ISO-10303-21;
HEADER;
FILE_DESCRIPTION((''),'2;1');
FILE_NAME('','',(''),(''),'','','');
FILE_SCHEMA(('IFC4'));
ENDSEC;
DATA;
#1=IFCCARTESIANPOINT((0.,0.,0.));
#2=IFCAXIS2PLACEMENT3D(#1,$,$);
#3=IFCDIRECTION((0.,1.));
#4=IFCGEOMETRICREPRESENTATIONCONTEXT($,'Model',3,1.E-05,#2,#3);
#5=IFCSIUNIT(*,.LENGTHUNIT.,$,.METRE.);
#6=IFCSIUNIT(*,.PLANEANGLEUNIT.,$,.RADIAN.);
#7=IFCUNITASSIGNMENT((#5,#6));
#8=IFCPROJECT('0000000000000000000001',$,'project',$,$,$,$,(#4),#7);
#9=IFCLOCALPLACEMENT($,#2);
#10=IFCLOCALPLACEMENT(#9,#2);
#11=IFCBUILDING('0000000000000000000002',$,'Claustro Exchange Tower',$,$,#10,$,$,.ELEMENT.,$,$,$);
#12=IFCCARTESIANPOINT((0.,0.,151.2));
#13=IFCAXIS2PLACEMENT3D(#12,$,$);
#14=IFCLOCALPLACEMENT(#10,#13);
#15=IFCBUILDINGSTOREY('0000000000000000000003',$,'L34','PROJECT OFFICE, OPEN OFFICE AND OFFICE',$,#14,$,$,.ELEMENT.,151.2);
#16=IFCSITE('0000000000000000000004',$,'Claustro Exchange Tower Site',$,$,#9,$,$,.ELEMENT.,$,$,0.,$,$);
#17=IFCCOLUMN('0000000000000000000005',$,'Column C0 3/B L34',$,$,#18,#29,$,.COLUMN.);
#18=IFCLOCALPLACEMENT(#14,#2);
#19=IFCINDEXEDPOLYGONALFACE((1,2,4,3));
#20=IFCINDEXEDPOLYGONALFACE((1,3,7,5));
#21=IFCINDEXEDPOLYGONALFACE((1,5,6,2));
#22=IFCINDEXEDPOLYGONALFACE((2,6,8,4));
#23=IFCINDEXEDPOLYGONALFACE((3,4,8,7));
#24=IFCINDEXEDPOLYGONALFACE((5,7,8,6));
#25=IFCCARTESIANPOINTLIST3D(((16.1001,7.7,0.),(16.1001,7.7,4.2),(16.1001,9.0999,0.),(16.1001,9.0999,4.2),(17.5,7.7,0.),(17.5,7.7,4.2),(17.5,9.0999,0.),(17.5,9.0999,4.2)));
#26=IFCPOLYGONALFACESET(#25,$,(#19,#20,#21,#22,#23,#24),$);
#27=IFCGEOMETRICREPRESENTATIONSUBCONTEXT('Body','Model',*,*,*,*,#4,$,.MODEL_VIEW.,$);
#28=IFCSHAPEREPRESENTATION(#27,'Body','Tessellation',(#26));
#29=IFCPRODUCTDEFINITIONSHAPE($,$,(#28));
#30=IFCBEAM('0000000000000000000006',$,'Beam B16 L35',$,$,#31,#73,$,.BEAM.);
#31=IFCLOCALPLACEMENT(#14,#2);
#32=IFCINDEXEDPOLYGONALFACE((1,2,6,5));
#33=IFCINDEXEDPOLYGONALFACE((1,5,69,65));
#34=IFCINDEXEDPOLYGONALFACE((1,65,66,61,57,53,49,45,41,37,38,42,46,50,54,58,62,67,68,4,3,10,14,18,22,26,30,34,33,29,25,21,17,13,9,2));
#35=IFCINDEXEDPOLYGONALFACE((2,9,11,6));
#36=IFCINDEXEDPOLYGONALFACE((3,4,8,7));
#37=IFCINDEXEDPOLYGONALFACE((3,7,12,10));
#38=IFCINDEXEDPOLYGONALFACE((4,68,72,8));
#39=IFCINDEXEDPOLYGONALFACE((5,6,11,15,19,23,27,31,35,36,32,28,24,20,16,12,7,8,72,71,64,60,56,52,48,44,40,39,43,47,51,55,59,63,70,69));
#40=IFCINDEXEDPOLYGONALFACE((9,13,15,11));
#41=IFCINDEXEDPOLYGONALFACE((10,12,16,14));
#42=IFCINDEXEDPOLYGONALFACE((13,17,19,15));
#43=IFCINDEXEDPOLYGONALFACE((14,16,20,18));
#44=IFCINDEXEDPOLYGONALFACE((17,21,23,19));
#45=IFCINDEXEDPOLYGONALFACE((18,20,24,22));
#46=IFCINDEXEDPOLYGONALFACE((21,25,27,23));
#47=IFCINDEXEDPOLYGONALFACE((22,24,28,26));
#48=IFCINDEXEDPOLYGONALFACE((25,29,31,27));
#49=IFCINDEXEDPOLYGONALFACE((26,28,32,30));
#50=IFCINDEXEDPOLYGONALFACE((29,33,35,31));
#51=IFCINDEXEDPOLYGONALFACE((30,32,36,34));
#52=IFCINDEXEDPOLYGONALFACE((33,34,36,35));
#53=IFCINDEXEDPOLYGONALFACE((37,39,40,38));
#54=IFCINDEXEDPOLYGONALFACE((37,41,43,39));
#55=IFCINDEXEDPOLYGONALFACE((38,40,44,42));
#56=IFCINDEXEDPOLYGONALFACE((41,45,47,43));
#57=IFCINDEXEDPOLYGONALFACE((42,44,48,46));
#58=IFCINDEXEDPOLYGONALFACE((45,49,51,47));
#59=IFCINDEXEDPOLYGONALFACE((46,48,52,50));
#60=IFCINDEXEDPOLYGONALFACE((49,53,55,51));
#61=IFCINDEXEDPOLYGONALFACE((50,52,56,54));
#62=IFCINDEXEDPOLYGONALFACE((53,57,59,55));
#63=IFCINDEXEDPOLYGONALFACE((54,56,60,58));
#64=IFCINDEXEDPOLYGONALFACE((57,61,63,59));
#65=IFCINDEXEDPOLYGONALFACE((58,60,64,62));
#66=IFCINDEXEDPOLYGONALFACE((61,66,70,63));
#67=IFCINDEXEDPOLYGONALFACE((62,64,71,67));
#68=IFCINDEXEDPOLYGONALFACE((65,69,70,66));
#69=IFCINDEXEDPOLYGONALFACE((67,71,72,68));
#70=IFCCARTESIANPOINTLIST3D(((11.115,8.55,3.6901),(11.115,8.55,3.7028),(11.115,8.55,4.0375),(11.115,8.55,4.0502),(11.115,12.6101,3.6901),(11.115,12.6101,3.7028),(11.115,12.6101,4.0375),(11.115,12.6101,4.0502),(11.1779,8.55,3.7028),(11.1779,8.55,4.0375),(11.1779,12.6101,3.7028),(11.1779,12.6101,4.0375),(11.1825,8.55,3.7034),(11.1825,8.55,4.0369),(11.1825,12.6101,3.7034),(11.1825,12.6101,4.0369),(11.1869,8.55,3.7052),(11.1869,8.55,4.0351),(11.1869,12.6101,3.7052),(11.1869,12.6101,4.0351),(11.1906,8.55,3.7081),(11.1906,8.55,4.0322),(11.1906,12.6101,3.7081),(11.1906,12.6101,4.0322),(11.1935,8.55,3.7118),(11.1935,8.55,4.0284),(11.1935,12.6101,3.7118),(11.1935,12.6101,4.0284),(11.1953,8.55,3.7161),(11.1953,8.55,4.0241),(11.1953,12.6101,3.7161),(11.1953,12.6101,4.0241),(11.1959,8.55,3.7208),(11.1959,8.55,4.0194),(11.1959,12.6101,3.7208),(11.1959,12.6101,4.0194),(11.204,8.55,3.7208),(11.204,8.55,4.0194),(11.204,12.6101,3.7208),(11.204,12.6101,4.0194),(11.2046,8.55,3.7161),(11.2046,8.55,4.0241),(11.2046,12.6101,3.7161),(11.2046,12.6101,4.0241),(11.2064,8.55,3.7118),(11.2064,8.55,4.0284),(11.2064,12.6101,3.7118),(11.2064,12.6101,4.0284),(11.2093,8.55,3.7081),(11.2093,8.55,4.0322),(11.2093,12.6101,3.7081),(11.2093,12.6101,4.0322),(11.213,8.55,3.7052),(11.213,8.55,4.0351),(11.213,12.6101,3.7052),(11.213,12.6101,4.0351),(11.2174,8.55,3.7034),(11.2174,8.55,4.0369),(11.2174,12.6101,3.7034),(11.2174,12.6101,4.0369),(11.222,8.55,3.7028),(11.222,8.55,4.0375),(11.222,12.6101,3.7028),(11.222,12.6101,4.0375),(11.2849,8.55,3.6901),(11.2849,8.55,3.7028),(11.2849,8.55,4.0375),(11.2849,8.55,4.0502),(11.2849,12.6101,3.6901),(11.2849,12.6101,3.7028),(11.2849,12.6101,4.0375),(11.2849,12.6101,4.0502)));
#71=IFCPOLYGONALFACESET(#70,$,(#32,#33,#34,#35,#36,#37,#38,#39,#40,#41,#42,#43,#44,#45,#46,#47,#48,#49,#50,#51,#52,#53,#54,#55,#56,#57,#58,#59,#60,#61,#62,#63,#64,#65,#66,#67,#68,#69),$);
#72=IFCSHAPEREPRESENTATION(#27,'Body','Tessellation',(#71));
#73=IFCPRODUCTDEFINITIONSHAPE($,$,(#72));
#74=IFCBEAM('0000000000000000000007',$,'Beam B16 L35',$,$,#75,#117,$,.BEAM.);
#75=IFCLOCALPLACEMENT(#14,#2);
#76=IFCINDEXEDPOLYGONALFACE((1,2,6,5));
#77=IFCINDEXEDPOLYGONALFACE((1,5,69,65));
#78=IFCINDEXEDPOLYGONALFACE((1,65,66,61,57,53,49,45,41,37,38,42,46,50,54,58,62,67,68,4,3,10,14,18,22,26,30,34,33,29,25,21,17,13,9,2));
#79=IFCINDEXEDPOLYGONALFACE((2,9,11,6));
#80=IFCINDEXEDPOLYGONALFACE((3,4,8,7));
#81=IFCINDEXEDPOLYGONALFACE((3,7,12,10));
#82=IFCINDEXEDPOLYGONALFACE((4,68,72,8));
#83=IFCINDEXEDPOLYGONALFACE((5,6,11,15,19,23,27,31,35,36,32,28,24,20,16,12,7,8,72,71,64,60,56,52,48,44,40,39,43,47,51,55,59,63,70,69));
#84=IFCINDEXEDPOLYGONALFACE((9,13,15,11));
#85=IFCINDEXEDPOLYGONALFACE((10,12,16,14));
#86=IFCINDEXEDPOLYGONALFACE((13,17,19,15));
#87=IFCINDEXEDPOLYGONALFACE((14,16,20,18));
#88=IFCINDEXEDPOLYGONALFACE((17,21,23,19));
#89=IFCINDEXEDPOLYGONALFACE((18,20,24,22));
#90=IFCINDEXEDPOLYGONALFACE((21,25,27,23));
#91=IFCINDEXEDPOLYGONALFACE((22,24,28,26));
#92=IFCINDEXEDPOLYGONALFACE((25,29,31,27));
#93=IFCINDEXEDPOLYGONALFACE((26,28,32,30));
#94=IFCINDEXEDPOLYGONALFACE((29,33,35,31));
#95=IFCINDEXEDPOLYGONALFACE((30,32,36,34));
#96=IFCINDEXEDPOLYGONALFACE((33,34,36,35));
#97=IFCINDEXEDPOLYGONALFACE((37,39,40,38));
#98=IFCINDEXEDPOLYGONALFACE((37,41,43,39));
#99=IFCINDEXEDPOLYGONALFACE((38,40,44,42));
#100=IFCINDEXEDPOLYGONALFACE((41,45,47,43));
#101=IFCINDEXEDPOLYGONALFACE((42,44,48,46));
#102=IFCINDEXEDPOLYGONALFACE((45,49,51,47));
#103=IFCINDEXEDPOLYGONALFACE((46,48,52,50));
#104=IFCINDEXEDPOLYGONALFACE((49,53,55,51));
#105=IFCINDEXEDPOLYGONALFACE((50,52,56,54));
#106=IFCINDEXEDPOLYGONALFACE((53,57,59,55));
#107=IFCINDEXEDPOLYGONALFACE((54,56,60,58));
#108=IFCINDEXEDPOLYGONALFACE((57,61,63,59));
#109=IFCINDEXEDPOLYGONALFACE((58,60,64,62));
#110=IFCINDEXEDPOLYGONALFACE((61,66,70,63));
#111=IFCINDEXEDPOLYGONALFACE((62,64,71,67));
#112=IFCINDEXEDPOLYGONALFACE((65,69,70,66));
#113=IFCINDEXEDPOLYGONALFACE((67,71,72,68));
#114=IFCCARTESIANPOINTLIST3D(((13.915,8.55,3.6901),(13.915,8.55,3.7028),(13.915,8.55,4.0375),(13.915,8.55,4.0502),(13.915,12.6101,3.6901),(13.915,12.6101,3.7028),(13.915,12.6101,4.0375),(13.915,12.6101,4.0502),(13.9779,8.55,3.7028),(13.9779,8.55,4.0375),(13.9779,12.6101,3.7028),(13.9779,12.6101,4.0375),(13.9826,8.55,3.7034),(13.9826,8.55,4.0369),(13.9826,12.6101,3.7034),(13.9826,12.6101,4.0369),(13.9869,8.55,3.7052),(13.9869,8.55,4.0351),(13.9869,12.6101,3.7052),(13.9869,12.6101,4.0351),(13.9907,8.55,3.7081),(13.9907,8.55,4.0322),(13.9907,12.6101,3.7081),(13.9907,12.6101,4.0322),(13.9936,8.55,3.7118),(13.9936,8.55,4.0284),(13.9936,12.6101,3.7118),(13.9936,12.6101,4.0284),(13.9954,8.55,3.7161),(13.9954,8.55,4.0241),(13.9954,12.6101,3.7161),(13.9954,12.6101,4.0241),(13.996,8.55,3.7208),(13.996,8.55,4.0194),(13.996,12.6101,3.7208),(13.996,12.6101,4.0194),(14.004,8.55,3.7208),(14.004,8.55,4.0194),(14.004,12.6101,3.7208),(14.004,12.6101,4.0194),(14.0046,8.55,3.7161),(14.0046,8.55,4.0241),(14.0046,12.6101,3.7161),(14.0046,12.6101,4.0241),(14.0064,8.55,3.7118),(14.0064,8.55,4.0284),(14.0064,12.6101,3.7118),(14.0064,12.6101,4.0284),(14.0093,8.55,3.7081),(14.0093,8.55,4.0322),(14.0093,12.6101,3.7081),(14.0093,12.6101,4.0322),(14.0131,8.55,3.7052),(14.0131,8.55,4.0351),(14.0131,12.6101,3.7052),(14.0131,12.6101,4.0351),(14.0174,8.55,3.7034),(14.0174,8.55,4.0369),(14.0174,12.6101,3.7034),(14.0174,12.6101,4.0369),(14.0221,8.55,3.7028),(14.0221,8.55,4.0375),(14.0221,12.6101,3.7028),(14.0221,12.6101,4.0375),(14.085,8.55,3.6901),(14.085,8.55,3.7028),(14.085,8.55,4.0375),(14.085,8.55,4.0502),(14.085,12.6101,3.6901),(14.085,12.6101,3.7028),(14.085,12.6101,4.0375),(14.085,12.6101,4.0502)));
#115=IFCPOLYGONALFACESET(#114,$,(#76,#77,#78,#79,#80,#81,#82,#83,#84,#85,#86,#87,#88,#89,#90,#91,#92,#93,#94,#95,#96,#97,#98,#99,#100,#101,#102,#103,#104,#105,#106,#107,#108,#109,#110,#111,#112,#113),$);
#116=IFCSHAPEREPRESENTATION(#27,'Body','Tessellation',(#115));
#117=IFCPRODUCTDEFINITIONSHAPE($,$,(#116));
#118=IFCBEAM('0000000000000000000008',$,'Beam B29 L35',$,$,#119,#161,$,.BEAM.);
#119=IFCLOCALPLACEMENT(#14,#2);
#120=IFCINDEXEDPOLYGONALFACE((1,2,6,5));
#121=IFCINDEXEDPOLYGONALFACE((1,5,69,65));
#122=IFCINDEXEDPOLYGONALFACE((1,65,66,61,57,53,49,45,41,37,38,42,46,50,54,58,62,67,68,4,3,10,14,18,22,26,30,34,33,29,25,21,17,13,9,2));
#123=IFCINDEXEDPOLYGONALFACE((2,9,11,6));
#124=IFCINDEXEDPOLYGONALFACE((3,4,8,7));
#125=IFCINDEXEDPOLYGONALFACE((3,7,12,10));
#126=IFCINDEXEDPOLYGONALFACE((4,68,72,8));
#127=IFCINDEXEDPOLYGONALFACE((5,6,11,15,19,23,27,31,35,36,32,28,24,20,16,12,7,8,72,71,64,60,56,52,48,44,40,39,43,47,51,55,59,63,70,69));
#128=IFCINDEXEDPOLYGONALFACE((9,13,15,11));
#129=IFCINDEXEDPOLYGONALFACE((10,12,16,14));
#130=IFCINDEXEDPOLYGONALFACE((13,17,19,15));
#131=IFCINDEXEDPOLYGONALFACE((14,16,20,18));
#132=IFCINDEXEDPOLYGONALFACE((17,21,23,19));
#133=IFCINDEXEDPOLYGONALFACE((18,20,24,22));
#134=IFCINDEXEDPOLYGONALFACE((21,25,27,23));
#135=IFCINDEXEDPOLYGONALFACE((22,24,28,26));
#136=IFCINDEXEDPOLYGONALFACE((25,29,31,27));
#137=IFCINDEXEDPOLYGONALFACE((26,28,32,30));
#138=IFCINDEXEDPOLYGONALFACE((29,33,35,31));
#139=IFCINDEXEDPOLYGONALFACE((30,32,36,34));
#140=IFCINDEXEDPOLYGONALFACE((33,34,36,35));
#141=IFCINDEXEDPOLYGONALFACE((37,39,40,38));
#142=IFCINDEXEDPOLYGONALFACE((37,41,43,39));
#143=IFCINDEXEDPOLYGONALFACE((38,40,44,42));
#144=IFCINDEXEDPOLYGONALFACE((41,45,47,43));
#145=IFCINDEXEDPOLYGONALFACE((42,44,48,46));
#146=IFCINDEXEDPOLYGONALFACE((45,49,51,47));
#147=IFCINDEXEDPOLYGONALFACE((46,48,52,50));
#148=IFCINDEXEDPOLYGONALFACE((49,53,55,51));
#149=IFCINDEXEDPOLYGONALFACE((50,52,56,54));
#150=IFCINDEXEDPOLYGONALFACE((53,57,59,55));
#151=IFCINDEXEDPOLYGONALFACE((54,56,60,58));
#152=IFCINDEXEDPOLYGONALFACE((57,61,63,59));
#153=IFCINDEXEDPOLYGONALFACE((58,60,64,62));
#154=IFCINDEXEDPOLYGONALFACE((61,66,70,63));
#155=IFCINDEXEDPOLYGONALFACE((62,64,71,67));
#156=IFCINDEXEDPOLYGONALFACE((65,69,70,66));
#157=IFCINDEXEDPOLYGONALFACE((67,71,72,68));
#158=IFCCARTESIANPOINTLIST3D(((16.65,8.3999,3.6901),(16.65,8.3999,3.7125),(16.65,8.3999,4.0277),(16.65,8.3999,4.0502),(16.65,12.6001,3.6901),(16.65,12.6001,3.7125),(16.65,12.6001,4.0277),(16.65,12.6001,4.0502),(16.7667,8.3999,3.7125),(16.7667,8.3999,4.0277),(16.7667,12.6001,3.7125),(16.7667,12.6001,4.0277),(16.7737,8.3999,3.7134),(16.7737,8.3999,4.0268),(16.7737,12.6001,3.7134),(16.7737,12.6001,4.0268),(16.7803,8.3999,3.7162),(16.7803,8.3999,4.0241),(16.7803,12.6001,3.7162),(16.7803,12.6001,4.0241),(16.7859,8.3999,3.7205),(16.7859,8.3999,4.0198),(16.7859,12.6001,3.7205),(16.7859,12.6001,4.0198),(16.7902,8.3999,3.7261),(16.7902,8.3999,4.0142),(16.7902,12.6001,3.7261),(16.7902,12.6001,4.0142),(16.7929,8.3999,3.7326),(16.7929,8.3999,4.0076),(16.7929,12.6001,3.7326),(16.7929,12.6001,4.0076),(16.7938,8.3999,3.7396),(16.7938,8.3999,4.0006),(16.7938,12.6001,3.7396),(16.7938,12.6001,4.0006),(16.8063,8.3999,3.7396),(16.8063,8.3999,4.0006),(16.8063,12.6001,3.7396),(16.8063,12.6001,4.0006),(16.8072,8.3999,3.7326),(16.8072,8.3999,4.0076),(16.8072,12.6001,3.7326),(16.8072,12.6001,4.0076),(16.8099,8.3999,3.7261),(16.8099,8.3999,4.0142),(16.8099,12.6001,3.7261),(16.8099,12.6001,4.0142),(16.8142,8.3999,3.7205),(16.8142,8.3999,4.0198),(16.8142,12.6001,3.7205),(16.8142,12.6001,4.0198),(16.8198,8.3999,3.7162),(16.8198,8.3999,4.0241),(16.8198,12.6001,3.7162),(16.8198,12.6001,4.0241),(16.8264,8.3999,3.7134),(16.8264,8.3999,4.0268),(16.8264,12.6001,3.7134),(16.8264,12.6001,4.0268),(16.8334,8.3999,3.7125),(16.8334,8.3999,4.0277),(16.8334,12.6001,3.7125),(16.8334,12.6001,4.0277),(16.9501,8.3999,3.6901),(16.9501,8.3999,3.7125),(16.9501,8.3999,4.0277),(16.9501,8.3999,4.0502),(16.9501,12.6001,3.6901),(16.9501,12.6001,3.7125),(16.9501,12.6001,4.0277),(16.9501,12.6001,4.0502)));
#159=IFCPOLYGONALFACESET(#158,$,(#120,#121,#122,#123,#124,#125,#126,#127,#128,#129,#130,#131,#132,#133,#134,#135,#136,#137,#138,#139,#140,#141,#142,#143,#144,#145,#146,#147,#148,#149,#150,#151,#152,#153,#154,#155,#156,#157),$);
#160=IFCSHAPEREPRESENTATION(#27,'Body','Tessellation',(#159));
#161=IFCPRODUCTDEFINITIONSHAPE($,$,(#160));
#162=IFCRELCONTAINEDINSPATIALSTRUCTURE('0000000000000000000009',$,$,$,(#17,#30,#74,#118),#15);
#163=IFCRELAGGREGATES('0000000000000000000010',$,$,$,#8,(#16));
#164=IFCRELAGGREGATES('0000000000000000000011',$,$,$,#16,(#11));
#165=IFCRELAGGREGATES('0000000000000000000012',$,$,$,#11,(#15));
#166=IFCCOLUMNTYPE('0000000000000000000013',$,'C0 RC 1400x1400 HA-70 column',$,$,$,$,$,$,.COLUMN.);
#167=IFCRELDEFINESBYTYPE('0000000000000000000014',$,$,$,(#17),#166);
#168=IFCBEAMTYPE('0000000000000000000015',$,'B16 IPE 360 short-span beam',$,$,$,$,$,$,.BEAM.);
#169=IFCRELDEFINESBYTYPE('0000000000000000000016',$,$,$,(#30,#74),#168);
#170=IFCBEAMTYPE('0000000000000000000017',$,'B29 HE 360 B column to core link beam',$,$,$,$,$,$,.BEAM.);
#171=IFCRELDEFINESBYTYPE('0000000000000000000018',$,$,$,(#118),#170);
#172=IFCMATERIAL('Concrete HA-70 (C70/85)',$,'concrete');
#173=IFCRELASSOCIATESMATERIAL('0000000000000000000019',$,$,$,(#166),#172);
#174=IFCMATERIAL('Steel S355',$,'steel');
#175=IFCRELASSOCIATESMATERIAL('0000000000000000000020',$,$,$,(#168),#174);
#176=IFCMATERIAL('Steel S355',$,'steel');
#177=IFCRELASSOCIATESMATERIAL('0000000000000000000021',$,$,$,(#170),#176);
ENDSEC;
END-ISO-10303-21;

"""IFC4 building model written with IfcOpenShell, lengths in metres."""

from ifc_helpers import new_model, si_unit, direction, frame, origin, origin_2d, place, context, subcontext, project, spatial, rectangle, i_section, extrude, material, material_profile, profile_set, type_object, element, save


model = new_model("IFC4")

# Units and contexts
model_context = context("Model", 3, precision=1e-05, world=origin(), true_north=direction((0.0, 1.0)))
body_context = subcontext(model_context, "Body", "Model", "MODEL_VIEW")
ifc_project = project(units=[si_unit("LENGTHUNIT", "METRE"), si_unit("PLANEANGLEUNIT", "RADIAN")], contexts=[model_context])

# Site, building, storey
site_placement = place(None, origin())
site = spatial("IfcSite", under=ifc_project, at=site_placement, Name="Claustro Exchange Tower Site", CompositionType="ELEMENT", RefElevation=0.0)
building_placement = place(site_placement, origin())
building = spatial("IfcBuilding", under=site, at=building_placement, Name="Claustro Exchange Tower", CompositionType="ELEMENT")
storey_placement = place(building_placement, frame((0.0, 0.0, 151.2)))
storey = spatial("IfcBuildingStorey", under=building, at=storey_placement, Name="L34", Description="PROJECT OFFICE, OPEN OFFICE AND OFFICE", CompositionType="ELEMENT", Elevation=151.2)

# Column
ifc_material_1 = material(Name="Concrete HA-70 (C70/85)", Category="concrete")
ifc_material_profile_1 = material_profile(ifc_material_1, rectangle(XDim=1.3999, YDim=1.3999, at=origin_2d()), Name="RC 1400x1400")
ifc_profile_set_1 = profile_set([ifc_material_profile_1], Name="Concrete HA-70 (C70/85)")
column_type = type_object("IfcColumnType", Name="C0 RC 1400x1400 HA-70 column", PredefinedType="COLUMN", material=ifc_profile_set_1)
column_placement = place(storey_placement, frame((16.8, 8.3999, 0.0), z_axis=(0.0, 0.0, 1.0), x_axis=(1.0, 0.0, 0.0)))
element("IfcColumn", 1, at=column_placement, inside=storey, type_object=column_type, Name="Column C0 3/B L34", PredefinedType="COLUMN", context=body_context, shape_type="SweptSolid", body=[
    extrude(rectangle(XDim=1.3999, YDim=1.3999, at=origin_2d()), origin(), (0.0, 0.0, 1.0), 4.2),
])

# Beams
ifc_material_2 = material(Name="Steel S355", Category="steel")
ifc_material_profile_2 = material_profile(ifc_material_2, i_section(OverallWidth=0.1699, OverallDepth=0.3601, WebThickness=0.0081, FlangeThickness=0.0127, FilletRadius=0.0181, at=origin_2d()), Name="IPE 360")
ifc_profile_set_2 = profile_set([ifc_material_profile_2], Name="Steel S355")
beam_type_1 = type_object("IfcBeamType", Name="B16 IPE 360 short-span beam", PredefinedType="BEAM", material=ifc_profile_set_2)
for number, where, z_axis, x_axis, name in (
    (2, (11.2, 8.55, 3.8701), (0.0, 1.0, 0.0), (-1.0, 0.0, 0.0), "Beam B16 L35"),
    (3, (14.0, 8.55, 3.8701), (0.0, 1.0, 0.0), (-1.0, 0.0, 0.0), "Beam B16 L35"),
):
    element("IfcBeam", number, at=place(storey_placement, frame(where, z_axis=z_axis, x_axis=x_axis)), inside=storey, type_object=beam_type_1, Name=name, PredefinedType="BEAM", context=body_context, shape_type="SweptSolid", body=[
        extrude(i_section(OverallWidth=0.1699, OverallDepth=0.3601, WebThickness=0.0081, FlangeThickness=0.0127, FilletRadius=0.0181, at=origin_2d()), origin(), (0.0, 0.0, 1.0), 4.0601),
    ])
ifc_material_3 = material(Name="Steel S355", Category="steel")
ifc_material_profile_3 = material_profile(ifc_material_3, i_section(OverallWidth=0.3, OverallDepth=0.3601, WebThickness=0.0125, FlangeThickness=0.0225, FilletRadius=0.0271, at=origin_2d()), Name="HE 360 B")
ifc_profile_set_3 = profile_set([ifc_material_profile_3], Name="Steel S355")
beam_type_2 = type_object("IfcBeamType", Name="B29 HE 360 B column to core link beam", PredefinedType="BEAM", material=ifc_profile_set_3)
beam_1_placement = place(storey_placement, frame((16.8, 8.3999, 3.8701), z_axis=(0.0, 1.0, 0.0), x_axis=(-1.0, 0.0, 0.0)))
element("IfcBeam", 4, at=beam_1_placement, inside=storey, type_object=beam_type_2, Name="Beam B29 L35", PredefinedType="BEAM", context=body_context, shape_type="SweptSolid", body=[
    extrude(i_section(OverallWidth=0.3, OverallDepth=0.3601, WebThickness=0.0125, FlangeThickness=0.0225, FilletRadius=0.0271, at=origin_2d()), origin(), (0.0, 0.0, 1.0), 4.2002),
])

save(model, "model.ifc")
